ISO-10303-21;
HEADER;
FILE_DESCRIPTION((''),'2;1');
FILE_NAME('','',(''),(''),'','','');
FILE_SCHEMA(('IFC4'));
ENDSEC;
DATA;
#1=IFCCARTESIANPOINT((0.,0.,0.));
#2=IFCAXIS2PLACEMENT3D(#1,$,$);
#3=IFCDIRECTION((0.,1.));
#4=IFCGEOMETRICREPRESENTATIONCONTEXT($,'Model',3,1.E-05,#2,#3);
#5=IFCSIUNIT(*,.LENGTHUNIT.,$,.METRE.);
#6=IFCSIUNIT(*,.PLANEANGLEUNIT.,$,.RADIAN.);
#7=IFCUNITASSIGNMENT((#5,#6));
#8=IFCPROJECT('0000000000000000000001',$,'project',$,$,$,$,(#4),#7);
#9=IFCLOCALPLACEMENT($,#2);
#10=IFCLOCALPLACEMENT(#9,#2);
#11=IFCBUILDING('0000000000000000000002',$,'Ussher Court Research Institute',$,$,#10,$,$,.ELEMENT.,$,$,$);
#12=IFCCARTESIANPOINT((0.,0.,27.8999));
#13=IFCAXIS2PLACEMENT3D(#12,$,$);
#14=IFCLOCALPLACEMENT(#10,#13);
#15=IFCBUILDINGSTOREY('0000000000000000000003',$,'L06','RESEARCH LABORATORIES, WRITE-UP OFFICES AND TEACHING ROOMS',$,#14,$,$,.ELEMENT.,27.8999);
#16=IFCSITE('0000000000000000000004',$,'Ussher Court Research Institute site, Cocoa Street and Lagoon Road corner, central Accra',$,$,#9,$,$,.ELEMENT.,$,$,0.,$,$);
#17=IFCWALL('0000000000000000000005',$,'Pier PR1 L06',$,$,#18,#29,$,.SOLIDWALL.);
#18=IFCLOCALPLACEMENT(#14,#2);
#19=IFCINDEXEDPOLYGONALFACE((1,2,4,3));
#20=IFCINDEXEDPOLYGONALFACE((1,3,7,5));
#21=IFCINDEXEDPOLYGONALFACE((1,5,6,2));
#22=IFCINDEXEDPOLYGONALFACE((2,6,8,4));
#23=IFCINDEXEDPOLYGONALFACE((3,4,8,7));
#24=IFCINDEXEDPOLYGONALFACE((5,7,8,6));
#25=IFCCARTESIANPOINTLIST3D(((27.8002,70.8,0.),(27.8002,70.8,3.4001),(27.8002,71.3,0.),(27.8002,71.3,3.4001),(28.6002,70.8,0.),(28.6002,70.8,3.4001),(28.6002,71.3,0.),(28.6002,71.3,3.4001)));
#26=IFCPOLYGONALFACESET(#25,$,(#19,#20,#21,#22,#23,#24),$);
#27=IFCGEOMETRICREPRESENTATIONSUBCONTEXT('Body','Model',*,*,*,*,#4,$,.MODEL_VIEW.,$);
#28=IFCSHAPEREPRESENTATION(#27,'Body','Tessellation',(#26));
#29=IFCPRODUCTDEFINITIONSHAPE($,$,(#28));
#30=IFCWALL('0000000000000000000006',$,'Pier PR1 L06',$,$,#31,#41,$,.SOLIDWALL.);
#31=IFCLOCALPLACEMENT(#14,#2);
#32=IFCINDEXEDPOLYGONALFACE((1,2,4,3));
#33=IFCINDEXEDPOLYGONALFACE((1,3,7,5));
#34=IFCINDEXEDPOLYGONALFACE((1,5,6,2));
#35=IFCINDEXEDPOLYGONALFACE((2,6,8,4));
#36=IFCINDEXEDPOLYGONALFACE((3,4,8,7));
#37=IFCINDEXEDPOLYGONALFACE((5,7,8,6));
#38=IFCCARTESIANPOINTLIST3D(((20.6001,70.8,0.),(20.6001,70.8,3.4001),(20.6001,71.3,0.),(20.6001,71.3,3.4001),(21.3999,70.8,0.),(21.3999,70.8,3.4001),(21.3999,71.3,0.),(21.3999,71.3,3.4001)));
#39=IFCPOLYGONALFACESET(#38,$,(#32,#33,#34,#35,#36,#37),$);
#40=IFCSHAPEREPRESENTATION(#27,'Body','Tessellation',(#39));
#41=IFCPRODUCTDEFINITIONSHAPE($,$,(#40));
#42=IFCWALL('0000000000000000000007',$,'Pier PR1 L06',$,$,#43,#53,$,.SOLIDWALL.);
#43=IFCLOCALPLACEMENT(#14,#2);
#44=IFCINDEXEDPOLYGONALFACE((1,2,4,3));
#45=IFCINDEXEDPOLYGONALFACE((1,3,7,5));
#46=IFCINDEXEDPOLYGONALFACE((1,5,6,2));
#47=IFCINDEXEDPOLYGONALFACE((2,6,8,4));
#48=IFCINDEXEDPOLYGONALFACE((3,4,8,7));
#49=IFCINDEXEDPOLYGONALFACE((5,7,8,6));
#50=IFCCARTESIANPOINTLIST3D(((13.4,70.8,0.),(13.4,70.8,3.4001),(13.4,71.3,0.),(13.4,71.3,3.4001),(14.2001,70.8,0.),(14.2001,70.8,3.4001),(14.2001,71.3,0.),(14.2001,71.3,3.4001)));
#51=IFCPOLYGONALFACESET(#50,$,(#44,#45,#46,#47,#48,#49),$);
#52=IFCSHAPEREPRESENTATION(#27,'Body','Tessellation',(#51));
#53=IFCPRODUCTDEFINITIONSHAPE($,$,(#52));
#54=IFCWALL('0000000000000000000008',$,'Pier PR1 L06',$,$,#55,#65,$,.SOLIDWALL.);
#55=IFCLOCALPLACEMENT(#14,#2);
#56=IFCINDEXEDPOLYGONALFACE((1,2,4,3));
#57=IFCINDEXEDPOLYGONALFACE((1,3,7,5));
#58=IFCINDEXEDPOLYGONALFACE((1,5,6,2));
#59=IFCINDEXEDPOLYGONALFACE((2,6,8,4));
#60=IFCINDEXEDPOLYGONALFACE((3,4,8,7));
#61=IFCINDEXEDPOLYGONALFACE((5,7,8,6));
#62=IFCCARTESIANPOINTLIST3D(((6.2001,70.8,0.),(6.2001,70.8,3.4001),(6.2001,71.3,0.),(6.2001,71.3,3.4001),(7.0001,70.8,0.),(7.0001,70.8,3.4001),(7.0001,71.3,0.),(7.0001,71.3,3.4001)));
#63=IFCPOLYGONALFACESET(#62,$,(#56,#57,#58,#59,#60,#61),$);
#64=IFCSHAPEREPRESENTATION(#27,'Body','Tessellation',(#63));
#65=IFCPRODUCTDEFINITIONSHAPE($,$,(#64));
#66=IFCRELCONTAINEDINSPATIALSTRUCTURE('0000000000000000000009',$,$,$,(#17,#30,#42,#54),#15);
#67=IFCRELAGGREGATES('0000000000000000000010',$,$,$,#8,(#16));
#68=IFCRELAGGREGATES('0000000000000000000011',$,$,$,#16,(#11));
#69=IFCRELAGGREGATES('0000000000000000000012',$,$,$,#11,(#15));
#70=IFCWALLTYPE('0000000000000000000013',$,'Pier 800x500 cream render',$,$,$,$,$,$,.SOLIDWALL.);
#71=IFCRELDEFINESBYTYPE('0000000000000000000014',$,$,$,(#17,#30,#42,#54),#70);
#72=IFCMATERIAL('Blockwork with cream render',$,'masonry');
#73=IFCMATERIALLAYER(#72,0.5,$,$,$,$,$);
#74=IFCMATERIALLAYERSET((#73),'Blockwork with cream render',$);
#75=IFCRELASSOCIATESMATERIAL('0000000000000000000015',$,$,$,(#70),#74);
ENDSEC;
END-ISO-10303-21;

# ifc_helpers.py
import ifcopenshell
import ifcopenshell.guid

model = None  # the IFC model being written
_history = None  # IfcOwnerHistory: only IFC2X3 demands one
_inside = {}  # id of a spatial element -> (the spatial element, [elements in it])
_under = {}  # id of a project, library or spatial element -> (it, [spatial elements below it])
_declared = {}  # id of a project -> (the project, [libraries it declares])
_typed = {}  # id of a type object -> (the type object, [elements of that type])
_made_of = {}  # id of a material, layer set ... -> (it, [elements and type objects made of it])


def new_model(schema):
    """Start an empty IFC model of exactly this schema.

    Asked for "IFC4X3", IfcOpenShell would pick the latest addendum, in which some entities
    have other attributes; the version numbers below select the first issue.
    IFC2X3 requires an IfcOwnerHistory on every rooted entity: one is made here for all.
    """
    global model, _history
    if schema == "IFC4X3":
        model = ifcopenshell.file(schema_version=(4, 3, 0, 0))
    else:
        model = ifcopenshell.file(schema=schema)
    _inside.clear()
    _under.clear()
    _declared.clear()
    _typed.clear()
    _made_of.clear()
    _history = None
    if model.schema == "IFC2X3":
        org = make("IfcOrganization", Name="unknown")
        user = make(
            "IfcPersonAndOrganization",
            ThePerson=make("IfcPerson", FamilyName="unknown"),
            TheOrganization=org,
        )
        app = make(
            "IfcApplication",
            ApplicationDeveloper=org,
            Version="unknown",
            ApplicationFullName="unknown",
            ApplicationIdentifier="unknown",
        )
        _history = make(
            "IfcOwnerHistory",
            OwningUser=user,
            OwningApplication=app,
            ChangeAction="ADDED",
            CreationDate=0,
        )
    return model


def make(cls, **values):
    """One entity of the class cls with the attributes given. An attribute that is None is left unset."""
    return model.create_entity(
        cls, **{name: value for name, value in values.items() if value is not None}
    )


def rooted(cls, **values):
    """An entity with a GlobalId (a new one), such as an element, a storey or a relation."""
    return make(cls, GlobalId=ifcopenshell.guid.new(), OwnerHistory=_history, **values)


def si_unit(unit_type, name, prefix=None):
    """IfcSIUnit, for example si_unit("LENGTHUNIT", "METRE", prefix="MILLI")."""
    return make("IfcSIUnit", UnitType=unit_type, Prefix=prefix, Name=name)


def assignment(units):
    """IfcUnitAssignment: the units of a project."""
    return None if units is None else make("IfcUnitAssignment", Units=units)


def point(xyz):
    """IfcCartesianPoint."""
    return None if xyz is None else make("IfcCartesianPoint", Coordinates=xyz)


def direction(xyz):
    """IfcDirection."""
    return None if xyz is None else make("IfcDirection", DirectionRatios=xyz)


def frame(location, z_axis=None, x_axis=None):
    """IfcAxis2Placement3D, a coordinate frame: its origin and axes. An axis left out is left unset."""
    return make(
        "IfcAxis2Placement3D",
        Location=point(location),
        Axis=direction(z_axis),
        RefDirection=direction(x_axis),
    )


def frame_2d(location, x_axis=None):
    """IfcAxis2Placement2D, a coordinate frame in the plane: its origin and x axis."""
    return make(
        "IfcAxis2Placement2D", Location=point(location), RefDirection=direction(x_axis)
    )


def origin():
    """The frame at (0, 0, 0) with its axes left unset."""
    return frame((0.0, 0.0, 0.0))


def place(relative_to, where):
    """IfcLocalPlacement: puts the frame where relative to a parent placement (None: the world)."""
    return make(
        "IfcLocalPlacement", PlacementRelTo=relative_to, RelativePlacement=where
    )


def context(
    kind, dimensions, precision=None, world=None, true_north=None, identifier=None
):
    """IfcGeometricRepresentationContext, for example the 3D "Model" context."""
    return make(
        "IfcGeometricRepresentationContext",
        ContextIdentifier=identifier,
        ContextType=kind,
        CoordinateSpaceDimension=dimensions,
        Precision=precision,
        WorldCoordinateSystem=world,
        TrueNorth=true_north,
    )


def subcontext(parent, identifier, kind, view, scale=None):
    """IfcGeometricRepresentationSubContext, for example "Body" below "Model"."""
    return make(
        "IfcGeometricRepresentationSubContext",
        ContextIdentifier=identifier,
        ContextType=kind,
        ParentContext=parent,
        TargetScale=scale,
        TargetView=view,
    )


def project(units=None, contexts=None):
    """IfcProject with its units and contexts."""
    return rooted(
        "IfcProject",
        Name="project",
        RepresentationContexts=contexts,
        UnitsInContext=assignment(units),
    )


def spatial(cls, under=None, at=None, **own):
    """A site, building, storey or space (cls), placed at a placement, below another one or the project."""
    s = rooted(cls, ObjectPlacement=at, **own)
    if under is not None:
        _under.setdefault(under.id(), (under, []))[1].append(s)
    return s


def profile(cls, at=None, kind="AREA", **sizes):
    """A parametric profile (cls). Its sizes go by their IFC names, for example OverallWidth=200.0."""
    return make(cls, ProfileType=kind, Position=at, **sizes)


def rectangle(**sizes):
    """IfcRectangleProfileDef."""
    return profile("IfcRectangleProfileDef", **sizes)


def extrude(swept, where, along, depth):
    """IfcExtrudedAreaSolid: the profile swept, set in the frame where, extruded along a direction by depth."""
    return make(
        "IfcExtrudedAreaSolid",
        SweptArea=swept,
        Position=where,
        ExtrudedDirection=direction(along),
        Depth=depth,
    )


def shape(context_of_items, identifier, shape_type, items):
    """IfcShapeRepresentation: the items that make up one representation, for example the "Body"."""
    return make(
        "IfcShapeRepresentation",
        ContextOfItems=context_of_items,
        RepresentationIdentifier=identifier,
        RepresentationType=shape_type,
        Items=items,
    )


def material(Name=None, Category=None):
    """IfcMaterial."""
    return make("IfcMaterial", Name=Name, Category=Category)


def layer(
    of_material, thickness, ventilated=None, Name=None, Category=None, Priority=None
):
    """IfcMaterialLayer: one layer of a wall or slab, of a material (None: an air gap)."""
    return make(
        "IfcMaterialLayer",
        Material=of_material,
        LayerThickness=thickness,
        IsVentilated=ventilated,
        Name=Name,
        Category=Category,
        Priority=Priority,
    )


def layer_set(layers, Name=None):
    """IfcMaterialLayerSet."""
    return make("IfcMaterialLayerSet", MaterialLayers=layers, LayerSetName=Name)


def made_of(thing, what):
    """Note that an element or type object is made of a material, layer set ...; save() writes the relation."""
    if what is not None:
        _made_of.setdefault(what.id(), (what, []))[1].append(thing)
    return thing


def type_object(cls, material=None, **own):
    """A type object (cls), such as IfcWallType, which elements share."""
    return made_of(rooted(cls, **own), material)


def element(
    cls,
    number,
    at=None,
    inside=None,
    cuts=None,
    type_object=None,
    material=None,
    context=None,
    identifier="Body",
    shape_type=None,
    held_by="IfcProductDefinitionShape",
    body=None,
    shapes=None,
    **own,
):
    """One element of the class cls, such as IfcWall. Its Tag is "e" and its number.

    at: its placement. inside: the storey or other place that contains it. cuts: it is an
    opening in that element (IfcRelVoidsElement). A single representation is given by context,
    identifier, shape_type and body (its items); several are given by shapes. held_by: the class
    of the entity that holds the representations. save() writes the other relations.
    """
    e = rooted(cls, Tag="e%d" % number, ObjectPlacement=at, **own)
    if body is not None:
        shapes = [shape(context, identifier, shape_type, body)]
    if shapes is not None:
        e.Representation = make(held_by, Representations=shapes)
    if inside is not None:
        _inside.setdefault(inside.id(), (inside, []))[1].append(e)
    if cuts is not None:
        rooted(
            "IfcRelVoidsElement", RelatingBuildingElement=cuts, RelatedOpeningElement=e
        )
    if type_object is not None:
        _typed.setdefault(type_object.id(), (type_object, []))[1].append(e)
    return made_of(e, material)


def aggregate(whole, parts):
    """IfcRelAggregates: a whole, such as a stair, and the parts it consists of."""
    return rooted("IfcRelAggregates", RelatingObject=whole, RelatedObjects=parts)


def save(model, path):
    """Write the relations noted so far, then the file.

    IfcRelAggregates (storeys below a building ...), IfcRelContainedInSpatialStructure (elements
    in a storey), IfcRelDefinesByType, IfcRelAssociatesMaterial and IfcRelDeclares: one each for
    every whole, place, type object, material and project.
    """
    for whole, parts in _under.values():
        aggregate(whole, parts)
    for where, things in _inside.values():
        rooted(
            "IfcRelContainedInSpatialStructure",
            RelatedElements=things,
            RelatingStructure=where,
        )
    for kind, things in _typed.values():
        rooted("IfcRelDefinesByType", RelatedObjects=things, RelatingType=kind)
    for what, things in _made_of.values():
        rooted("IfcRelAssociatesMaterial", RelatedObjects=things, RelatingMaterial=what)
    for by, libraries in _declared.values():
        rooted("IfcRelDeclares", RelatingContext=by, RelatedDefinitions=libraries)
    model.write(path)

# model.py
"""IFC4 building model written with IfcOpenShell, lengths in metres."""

from ifc_helpers import new_model, si_unit, direction, frame, frame_2d, origin, place, context, subcontext, project, spatial, rectangle, extrude, material, layer, layer_set, type_object, element, save


model = new_model("IFC4")

# Units and contexts
model_context = context("Model", 3, precision=1e-05, world=origin(), true_north=direction((0.0, 1.0)))
body_context = subcontext(model_context, "Body", "Model", "MODEL_VIEW")
ifc_project = project(units=[si_unit("LENGTHUNIT", "METRE"), si_unit("PLANEANGLEUNIT", "RADIAN")], contexts=[model_context])

# Site, building, storey
site_placement = place(None, origin())
site = spatial("IfcSite", under=ifc_project, at=site_placement, Name="Ussher Court Research Institute site, Cocoa Street and Lagoon Road corner, central Accra", CompositionType="ELEMENT", RefElevation=0.0)
building_placement = place(site_placement, origin())
building = spatial("IfcBuilding", under=site, at=building_placement, Name="Ussher Court Research Institute", CompositionType="ELEMENT")
storey_placement = place(building_placement, frame((0.0, 0.0, 27.8999)))
storey = spatial("IfcBuildingStorey", under=building, at=storey_placement, Name="L06", Description="RESEARCH LABORATORIES, WRITE-UP OFFICES AND TEACHING ROOMS", CompositionType="ELEMENT", Elevation=27.8999)

# Walls
ifc_material_1 = material(Name="Blockwork with cream render", Category="masonry")
ifc_layer_1 = layer(ifc_material_1, 0.5)
ifc_layer_set_1 = layer_set([ifc_layer_1], Name="Blockwork with cream render")
wall_type_1 = type_object("IfcWallType", Name="Pier 800x500 cream render", PredefinedType="SOLIDWALL", material=ifc_layer_set_1)
wall_1_placement = place(storey_placement, frame((28.6001, 71.05, 0.0), z_axis=(0.0, 0.0, 1.0), x_axis=(-1.0, 0.0, 0.0)))
element("IfcWall", 1, at=wall_1_placement, inside=storey, type_object=wall_type_1, Name="Pier PR1 L06", PredefinedType="SOLIDWALL", context=body_context, shape_type="SweptSolid", body=[
    extrude(rectangle(XDim=0.8, YDim=0.5, at=frame_2d((0.3999, 0.0))), origin(), (0.0, 0.0, 1.0), 3.4001),
])
wall_2_placement = place(storey_placement, frame((21.3999, 71.05, 0.0), z_axis=(0.0, 0.0, 1.0), x_axis=(-1.0, 0.0, 0.0)))
element("IfcWall", 2, at=wall_2_placement, inside=storey, type_object=wall_type_1, Name="Pier PR1 L06", PredefinedType="SOLIDWALL", context=body_context, shape_type="SweptSolid", body=[
    extrude(rectangle(XDim=0.7998, YDim=0.5, at=frame_2d((0.3999, 0.0))), origin(), (0.0, 0.0, 1.0), 3.4001),
])
for number, where, z_axis, x_axis, name in (
    (3, (14.2, 71.05, 0.0), (0.0, 0.0, 1.0), (-1.0, 0.0, 0.0), "Pier PR1 L06"),
    (4, (7.0, 71.05, 0.0), (0.0, 0.0, 1.0), (-1.0, 0.0, 0.0), "Pier PR1 L06"),
):
    element("IfcWall", number, at=place(storey_placement, frame(where, z_axis=z_axis, x_axis=x_axis)), inside=storey, type_object=wall_type_1, Name=name, PredefinedType="SOLIDWALL", context=body_context, shape_type="SweptSolid", body=[
        extrude(rectangle(XDim=0.8, YDim=0.5, at=frame_2d((0.3999, 0.0))), origin(), (0.0, 0.0, 1.0), 3.4001),
    ])

save(model, "model.ifc")
